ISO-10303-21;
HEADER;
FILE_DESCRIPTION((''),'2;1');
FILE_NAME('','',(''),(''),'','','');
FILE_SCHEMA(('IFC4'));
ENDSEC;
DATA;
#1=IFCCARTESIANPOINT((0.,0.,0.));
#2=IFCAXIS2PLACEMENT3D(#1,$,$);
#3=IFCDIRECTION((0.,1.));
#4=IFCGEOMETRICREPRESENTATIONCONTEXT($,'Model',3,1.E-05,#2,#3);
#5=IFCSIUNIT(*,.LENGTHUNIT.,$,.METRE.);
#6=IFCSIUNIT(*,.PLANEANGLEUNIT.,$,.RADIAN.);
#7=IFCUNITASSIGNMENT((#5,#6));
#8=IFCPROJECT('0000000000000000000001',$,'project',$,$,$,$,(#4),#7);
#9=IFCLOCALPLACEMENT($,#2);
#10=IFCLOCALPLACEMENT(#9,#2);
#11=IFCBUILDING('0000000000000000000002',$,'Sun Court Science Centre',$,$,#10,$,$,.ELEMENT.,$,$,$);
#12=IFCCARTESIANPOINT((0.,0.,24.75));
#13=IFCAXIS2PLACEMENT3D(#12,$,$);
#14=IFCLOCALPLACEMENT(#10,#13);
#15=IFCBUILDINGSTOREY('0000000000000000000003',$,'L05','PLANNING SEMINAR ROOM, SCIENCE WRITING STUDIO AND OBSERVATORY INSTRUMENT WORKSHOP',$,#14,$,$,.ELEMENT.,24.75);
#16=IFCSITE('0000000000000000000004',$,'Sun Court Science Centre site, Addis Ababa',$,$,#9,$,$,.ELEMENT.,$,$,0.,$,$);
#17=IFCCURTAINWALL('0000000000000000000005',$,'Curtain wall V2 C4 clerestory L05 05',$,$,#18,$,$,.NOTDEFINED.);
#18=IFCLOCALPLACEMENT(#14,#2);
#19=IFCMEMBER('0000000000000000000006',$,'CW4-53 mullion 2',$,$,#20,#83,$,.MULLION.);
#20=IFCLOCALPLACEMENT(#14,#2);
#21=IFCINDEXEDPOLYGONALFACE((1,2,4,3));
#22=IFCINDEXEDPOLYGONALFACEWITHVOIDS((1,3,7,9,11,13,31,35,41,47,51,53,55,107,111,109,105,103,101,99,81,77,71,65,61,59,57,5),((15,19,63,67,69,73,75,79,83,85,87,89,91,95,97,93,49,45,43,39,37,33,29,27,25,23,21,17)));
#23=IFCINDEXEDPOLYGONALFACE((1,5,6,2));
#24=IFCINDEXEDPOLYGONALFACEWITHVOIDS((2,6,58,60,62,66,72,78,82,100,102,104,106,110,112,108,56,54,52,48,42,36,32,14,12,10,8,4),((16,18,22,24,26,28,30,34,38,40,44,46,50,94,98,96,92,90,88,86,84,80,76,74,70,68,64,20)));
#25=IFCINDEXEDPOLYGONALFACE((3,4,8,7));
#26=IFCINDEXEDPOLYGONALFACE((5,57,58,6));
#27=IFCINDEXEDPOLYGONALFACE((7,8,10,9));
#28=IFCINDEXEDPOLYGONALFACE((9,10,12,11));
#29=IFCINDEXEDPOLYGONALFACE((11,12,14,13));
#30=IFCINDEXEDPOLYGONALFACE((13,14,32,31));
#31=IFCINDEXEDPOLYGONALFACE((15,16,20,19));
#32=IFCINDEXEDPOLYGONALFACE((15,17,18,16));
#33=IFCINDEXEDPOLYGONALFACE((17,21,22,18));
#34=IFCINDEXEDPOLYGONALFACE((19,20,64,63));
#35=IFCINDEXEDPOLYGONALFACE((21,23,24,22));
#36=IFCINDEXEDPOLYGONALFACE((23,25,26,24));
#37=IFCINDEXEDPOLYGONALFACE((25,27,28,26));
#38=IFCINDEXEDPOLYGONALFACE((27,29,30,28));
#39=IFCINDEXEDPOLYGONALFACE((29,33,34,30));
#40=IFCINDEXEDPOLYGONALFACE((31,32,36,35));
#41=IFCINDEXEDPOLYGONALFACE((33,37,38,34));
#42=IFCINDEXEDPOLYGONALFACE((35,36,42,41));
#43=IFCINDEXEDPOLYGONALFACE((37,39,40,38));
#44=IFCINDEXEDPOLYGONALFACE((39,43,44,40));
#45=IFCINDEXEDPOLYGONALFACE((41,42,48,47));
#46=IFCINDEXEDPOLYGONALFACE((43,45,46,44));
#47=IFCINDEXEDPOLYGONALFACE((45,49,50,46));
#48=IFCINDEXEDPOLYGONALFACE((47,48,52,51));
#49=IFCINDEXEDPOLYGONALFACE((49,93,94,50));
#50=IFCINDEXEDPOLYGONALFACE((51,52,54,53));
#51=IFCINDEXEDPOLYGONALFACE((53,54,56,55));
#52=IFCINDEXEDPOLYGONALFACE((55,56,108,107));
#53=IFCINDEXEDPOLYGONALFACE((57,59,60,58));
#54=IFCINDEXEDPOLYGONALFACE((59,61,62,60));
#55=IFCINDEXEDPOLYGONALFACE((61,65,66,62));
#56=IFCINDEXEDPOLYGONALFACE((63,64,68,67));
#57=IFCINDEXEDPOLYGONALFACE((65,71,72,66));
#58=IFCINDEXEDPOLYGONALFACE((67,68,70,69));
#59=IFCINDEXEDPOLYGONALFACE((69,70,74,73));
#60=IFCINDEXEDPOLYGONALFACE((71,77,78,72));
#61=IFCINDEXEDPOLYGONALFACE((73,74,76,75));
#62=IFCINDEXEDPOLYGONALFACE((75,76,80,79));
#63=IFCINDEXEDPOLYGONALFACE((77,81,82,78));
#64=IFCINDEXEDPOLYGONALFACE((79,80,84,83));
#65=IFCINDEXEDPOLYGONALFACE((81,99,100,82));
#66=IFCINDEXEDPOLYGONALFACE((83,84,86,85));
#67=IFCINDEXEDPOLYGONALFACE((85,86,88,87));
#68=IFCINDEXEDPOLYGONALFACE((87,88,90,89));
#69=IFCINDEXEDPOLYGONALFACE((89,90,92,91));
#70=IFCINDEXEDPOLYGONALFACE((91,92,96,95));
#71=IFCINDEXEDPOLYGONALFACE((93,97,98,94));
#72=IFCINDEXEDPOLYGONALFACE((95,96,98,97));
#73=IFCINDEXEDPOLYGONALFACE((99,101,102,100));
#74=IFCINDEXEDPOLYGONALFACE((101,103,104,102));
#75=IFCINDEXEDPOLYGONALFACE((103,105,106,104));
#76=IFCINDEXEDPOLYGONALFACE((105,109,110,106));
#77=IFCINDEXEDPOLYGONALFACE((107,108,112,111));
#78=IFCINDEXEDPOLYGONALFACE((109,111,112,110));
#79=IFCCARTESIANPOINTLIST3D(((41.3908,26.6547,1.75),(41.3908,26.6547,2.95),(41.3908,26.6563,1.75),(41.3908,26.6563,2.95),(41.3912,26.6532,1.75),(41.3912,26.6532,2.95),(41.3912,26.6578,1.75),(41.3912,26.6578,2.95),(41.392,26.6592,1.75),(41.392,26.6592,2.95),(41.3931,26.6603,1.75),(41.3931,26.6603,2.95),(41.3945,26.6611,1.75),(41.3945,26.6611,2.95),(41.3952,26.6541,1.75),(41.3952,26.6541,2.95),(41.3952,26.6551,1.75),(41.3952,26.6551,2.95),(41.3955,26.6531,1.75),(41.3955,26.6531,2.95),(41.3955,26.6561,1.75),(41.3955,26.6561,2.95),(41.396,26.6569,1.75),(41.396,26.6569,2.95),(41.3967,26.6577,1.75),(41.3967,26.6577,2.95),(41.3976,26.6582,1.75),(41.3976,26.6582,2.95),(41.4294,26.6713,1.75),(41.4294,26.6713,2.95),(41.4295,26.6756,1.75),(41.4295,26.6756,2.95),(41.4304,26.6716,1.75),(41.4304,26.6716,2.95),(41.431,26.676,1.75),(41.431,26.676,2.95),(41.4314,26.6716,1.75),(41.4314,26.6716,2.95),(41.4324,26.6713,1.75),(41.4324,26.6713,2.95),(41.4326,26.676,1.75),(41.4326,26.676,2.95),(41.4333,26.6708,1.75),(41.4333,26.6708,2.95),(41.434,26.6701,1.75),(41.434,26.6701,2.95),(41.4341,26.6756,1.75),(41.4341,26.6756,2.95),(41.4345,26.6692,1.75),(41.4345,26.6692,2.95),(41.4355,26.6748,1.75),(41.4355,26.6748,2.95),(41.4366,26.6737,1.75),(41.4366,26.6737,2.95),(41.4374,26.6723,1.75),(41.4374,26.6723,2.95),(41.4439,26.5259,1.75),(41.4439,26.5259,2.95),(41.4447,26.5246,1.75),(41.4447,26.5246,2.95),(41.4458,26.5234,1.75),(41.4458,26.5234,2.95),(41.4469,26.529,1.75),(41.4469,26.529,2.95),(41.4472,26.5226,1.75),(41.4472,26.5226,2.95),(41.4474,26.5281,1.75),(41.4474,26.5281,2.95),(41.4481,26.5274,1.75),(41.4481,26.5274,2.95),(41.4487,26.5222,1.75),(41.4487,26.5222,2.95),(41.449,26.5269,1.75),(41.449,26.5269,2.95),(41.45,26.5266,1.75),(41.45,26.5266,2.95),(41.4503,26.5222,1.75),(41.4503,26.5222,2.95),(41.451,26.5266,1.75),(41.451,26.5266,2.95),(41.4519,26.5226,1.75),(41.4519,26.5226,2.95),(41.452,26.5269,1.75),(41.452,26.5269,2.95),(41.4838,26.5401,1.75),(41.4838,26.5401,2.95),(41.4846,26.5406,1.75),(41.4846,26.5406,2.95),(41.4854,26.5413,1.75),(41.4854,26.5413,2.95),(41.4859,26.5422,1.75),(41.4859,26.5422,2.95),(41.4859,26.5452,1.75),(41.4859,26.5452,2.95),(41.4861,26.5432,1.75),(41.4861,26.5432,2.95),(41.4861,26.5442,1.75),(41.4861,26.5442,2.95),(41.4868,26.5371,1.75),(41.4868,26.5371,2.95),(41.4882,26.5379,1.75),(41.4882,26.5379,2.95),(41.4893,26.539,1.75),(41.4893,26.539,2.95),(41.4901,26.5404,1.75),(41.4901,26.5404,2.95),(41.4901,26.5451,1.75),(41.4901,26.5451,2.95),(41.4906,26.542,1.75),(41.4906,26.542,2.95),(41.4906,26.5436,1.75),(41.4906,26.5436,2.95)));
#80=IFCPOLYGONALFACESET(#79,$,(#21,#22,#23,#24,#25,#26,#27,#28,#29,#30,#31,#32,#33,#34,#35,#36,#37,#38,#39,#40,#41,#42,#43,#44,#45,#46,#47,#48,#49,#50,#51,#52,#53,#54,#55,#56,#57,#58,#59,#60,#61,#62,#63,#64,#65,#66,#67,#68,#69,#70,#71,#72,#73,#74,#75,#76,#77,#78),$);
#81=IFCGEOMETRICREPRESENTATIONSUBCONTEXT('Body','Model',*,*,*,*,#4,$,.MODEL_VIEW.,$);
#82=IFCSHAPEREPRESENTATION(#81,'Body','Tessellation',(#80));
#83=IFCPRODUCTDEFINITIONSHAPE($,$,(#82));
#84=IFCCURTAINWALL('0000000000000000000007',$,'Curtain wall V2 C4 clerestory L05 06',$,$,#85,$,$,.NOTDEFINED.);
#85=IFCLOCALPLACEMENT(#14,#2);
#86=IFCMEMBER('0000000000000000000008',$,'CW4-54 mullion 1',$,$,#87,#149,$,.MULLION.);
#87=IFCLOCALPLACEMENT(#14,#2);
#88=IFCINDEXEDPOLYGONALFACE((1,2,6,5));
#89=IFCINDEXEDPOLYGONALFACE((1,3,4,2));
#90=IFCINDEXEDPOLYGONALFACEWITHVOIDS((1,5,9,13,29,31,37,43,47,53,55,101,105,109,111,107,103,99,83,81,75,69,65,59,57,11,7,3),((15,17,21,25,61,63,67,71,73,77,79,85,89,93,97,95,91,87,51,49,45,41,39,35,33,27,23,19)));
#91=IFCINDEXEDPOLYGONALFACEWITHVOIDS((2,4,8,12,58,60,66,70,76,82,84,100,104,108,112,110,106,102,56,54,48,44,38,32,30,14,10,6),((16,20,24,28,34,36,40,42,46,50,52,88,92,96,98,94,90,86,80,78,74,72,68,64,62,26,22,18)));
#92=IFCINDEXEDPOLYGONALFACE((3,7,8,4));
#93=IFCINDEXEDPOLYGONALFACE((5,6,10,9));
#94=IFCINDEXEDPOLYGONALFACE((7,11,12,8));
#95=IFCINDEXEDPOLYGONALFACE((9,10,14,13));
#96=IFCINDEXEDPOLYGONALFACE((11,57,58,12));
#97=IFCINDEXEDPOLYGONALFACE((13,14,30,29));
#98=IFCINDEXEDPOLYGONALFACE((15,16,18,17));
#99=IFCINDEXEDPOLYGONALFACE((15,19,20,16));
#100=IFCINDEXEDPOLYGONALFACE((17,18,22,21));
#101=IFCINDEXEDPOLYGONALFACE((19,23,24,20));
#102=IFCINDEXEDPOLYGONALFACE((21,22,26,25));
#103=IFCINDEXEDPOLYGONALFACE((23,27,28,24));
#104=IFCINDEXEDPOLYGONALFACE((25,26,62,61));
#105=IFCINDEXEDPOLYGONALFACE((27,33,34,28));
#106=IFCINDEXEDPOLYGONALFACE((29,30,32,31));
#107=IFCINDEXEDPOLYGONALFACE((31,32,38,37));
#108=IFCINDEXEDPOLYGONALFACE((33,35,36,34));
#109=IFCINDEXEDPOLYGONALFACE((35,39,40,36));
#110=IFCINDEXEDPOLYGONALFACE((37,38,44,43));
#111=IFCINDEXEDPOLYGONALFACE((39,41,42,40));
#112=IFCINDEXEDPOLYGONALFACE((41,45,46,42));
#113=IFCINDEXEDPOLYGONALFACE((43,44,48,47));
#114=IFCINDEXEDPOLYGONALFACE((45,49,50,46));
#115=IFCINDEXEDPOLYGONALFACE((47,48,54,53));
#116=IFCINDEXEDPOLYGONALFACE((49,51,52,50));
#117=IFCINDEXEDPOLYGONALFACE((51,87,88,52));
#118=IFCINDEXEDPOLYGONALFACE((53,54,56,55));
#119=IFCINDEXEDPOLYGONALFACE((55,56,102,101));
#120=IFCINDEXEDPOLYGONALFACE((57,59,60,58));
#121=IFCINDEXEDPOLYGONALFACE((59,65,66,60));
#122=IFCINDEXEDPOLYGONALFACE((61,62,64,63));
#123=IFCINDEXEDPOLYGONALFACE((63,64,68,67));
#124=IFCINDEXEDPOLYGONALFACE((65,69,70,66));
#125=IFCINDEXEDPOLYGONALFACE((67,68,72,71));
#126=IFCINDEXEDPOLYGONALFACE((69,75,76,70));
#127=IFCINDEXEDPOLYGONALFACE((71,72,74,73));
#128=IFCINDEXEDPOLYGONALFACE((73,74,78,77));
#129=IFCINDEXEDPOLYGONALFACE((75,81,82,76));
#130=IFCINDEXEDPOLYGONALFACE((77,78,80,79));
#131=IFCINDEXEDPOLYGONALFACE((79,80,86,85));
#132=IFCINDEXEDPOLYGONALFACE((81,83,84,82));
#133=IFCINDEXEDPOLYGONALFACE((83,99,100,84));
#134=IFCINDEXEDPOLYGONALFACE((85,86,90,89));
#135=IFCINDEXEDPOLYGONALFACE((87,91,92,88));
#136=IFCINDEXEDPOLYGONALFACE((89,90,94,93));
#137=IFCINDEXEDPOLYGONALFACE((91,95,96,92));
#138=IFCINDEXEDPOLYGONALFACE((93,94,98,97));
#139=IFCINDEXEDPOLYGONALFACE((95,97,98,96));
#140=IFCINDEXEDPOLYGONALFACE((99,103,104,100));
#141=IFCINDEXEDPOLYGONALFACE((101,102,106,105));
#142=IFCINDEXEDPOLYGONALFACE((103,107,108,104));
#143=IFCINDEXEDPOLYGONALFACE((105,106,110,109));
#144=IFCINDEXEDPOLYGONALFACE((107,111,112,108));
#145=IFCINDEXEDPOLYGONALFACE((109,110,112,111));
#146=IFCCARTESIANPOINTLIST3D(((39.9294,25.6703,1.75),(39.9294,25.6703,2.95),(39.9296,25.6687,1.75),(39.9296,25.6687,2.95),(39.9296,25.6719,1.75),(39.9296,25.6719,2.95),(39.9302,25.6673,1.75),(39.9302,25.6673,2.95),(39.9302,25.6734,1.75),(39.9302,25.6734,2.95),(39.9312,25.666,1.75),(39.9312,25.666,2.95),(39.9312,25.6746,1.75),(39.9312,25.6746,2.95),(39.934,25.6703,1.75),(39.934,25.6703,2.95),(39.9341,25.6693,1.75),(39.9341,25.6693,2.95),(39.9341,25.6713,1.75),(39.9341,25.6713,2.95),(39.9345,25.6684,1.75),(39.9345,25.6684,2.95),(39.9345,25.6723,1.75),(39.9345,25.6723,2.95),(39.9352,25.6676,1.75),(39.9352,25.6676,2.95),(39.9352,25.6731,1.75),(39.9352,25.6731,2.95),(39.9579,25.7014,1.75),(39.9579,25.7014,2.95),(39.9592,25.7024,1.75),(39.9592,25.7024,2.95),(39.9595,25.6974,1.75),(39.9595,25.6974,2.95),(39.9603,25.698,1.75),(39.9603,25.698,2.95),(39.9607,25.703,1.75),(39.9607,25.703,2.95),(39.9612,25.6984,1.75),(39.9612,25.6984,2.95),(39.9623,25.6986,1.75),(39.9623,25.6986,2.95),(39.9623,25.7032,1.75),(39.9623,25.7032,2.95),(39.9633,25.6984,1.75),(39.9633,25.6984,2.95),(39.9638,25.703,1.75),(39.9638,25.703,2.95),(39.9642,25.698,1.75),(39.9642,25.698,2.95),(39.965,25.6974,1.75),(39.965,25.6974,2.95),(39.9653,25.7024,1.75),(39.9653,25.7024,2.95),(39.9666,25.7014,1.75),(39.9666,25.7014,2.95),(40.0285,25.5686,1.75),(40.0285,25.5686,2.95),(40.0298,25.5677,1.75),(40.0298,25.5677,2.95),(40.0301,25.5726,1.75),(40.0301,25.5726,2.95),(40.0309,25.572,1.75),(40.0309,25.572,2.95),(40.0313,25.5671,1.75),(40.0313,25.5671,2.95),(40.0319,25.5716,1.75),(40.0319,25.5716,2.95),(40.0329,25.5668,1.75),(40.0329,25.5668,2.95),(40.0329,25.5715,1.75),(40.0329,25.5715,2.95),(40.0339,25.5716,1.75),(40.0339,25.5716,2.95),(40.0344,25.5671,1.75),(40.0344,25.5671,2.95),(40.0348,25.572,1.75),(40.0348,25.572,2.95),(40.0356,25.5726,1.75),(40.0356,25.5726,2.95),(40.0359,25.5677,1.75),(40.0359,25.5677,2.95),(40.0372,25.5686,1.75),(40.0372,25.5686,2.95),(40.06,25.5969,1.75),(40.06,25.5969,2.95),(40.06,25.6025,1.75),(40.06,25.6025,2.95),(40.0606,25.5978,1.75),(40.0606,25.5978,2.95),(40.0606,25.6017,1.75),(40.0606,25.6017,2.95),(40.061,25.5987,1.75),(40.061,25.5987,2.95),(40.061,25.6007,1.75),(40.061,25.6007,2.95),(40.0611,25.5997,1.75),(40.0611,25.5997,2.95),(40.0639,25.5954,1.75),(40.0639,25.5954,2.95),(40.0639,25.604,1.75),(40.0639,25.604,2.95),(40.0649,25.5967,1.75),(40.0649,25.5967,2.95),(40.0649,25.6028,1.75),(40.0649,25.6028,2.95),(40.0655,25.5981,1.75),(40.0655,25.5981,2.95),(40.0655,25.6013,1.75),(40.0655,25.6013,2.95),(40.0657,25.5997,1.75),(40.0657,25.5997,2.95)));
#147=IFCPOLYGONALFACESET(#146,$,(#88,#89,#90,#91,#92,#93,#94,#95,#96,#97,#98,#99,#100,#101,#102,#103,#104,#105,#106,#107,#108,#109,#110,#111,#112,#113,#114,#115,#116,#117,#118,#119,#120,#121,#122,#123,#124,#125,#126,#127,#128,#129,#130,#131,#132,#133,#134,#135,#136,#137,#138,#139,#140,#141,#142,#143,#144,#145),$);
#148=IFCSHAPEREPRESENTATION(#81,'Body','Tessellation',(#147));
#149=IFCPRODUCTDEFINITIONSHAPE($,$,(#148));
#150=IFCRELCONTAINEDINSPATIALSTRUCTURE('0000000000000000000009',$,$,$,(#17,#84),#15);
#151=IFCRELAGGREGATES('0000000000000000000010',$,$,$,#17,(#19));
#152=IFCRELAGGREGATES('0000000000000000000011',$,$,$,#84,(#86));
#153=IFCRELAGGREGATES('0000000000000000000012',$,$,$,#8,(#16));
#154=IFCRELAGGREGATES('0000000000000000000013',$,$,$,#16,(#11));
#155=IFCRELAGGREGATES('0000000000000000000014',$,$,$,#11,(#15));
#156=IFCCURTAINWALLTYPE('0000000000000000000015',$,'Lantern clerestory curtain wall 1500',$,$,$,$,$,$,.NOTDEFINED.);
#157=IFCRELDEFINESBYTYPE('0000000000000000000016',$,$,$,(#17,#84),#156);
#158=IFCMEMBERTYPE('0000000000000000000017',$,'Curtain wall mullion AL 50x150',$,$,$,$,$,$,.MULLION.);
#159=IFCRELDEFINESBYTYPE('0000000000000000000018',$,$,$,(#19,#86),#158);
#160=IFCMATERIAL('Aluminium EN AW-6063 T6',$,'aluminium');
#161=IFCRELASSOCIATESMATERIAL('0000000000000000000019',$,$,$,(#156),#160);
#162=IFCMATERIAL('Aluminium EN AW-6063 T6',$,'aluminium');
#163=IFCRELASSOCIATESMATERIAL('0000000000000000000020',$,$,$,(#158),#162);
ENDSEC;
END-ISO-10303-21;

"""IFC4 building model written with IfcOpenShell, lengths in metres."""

from ifc_helpers import new_model, si_unit, direction, frame, origin, origin_2d, place, context, subcontext, project, spatial, hollow_rectangle, extrude, material, material_profile, profile_set, type_object, element, aggregate, save


model = new_model("IFC4")

# Units and contexts
model_context = context("Model", 3, precision=1e-05, world=origin(), true_north=direction((0.0, 1.0)))
body_context = subcontext(model_context, "Body", "Model", "MODEL_VIEW")
ifc_project = project(units=[si_unit("LENGTHUNIT", "METRE"), si_unit("PLANEANGLEUNIT", "RADIAN")], contexts=[model_context])

# Site, building, storey
site_placement = place(None, origin())
site = spatial("IfcSite", under=ifc_project, at=site_placement, Name="Sun Court Science Centre site, Addis Ababa", CompositionType="ELEMENT", RefElevation=0.0)
building_placement = place(site_placement, origin())
building = spatial("IfcBuilding", under=site, at=building_placement, Name="Sun Court Science Centre", CompositionType="ELEMENT")
storey_placement = place(building_placement, frame((0.0, 0.0, 24.75)))
storey = spatial("IfcBuildingStorey", under=building, at=storey_placement, Name="L05", Description="PLANNING SEMINAR ROOM, SCIENCE WRITING STUDIO AND OBSERVATORY INSTRUMENT WORKSHOP", CompositionType="ELEMENT", Elevation=24.75)

# Shared definitions
ifc_material_1 = material(Name="Aluminium EN AW-6063 T6", Category="aluminium")
curtain_wall_type = type_object("IfcCurtainWallType", Name="Lantern clerestory curtain wall 1500", PredefinedType="NOTDEFINED", material=ifc_material_1)
ifc_material_2 = material(Name="Aluminium EN AW-6063 T6", Category="aluminium")
ifc_material_profile_1 = material_profile(ifc_material_2, hollow_rectangle(XDim=0.05, YDim=0.1499, WallThickness=0.0039, InnerFilletRadius=0.0039, OuterFilletRadius=0.0061, at=origin_2d()), Name="AL 50x150x4")
ifc_profile_set_1 = profile_set([ifc_material_profile_1], Name="Aluminium EN AW-6063 T6")
member_type_1 = type_object("IfcMemberType", Name="Curtain wall mullion AL 50x150", PredefinedType="MULLION", material=ifc_profile_set_1)

# Curtain walls, members
curtain_wall_1_placement = place(storey_placement, origin())
curtain_wall_1 = element("IfcCurtainWall", 1, at=curtain_wall_1_placement, inside=storey, type_object=curtain_wall_type, Name="Curtain wall V2 C4 clerestory L05 05", PredefinedType="NOTDEFINED")
member_1_placement = place(storey_placement, frame((41.4407, 26.5991, 1.75), z_axis=(0.0, 0.0, 1.0), x_axis=(0.92388, 0.382683, 0.0)))
member_1 = element("IfcMember", 2, at=member_1_placement, type_object=member_type_1, Name="CW4-53 mullion 2", PredefinedType="MULLION", context=body_context, shape_type="SweptSolid", body=[
    extrude(hollow_rectangle(XDim=0.05, YDim=0.1499, WallThickness=0.0039, InnerFilletRadius=0.0039, OuterFilletRadius=0.0061, at=origin_2d()), origin(), (0.0, 0.0, 1.0), 1.2),
])
curtain_wall_2_placement = place(storey_placement, origin())
curtain_wall_2 = element("IfcCurtainWall", 3, at=curtain_wall_2_placement, inside=storey, type_object=curtain_wall_type, Name="Curtain wall V2 C4 clerestory L05 06", PredefinedType="NOTDEFINED")
member_2_placement = place(storey_placement, frame((39.9976, 25.635, 1.75), z_axis=(0.0, 0.0, 1.0), x_axis=(0.707107, 0.707107, 0.0)))
member_2 = element("IfcMember", 4, at=member_2_placement, type_object=member_type_1, Name="CW4-54 mullion 1", PredefinedType="MULLION", context=body_context, shape_type="SweptSolid", body=[
    extrude(hollow_rectangle(XDim=0.05, YDim=0.1499, WallThickness=0.0039, InnerFilletRadius=0.0039, OuterFilletRadius=0.0061, at=origin_2d()), origin(), (0.0, 0.0, 1.0), 1.2),
])

aggregate(curtain_wall_1, [member_1])
aggregate(curtain_wall_2, [member_2])

save(model, "model.ifc")
